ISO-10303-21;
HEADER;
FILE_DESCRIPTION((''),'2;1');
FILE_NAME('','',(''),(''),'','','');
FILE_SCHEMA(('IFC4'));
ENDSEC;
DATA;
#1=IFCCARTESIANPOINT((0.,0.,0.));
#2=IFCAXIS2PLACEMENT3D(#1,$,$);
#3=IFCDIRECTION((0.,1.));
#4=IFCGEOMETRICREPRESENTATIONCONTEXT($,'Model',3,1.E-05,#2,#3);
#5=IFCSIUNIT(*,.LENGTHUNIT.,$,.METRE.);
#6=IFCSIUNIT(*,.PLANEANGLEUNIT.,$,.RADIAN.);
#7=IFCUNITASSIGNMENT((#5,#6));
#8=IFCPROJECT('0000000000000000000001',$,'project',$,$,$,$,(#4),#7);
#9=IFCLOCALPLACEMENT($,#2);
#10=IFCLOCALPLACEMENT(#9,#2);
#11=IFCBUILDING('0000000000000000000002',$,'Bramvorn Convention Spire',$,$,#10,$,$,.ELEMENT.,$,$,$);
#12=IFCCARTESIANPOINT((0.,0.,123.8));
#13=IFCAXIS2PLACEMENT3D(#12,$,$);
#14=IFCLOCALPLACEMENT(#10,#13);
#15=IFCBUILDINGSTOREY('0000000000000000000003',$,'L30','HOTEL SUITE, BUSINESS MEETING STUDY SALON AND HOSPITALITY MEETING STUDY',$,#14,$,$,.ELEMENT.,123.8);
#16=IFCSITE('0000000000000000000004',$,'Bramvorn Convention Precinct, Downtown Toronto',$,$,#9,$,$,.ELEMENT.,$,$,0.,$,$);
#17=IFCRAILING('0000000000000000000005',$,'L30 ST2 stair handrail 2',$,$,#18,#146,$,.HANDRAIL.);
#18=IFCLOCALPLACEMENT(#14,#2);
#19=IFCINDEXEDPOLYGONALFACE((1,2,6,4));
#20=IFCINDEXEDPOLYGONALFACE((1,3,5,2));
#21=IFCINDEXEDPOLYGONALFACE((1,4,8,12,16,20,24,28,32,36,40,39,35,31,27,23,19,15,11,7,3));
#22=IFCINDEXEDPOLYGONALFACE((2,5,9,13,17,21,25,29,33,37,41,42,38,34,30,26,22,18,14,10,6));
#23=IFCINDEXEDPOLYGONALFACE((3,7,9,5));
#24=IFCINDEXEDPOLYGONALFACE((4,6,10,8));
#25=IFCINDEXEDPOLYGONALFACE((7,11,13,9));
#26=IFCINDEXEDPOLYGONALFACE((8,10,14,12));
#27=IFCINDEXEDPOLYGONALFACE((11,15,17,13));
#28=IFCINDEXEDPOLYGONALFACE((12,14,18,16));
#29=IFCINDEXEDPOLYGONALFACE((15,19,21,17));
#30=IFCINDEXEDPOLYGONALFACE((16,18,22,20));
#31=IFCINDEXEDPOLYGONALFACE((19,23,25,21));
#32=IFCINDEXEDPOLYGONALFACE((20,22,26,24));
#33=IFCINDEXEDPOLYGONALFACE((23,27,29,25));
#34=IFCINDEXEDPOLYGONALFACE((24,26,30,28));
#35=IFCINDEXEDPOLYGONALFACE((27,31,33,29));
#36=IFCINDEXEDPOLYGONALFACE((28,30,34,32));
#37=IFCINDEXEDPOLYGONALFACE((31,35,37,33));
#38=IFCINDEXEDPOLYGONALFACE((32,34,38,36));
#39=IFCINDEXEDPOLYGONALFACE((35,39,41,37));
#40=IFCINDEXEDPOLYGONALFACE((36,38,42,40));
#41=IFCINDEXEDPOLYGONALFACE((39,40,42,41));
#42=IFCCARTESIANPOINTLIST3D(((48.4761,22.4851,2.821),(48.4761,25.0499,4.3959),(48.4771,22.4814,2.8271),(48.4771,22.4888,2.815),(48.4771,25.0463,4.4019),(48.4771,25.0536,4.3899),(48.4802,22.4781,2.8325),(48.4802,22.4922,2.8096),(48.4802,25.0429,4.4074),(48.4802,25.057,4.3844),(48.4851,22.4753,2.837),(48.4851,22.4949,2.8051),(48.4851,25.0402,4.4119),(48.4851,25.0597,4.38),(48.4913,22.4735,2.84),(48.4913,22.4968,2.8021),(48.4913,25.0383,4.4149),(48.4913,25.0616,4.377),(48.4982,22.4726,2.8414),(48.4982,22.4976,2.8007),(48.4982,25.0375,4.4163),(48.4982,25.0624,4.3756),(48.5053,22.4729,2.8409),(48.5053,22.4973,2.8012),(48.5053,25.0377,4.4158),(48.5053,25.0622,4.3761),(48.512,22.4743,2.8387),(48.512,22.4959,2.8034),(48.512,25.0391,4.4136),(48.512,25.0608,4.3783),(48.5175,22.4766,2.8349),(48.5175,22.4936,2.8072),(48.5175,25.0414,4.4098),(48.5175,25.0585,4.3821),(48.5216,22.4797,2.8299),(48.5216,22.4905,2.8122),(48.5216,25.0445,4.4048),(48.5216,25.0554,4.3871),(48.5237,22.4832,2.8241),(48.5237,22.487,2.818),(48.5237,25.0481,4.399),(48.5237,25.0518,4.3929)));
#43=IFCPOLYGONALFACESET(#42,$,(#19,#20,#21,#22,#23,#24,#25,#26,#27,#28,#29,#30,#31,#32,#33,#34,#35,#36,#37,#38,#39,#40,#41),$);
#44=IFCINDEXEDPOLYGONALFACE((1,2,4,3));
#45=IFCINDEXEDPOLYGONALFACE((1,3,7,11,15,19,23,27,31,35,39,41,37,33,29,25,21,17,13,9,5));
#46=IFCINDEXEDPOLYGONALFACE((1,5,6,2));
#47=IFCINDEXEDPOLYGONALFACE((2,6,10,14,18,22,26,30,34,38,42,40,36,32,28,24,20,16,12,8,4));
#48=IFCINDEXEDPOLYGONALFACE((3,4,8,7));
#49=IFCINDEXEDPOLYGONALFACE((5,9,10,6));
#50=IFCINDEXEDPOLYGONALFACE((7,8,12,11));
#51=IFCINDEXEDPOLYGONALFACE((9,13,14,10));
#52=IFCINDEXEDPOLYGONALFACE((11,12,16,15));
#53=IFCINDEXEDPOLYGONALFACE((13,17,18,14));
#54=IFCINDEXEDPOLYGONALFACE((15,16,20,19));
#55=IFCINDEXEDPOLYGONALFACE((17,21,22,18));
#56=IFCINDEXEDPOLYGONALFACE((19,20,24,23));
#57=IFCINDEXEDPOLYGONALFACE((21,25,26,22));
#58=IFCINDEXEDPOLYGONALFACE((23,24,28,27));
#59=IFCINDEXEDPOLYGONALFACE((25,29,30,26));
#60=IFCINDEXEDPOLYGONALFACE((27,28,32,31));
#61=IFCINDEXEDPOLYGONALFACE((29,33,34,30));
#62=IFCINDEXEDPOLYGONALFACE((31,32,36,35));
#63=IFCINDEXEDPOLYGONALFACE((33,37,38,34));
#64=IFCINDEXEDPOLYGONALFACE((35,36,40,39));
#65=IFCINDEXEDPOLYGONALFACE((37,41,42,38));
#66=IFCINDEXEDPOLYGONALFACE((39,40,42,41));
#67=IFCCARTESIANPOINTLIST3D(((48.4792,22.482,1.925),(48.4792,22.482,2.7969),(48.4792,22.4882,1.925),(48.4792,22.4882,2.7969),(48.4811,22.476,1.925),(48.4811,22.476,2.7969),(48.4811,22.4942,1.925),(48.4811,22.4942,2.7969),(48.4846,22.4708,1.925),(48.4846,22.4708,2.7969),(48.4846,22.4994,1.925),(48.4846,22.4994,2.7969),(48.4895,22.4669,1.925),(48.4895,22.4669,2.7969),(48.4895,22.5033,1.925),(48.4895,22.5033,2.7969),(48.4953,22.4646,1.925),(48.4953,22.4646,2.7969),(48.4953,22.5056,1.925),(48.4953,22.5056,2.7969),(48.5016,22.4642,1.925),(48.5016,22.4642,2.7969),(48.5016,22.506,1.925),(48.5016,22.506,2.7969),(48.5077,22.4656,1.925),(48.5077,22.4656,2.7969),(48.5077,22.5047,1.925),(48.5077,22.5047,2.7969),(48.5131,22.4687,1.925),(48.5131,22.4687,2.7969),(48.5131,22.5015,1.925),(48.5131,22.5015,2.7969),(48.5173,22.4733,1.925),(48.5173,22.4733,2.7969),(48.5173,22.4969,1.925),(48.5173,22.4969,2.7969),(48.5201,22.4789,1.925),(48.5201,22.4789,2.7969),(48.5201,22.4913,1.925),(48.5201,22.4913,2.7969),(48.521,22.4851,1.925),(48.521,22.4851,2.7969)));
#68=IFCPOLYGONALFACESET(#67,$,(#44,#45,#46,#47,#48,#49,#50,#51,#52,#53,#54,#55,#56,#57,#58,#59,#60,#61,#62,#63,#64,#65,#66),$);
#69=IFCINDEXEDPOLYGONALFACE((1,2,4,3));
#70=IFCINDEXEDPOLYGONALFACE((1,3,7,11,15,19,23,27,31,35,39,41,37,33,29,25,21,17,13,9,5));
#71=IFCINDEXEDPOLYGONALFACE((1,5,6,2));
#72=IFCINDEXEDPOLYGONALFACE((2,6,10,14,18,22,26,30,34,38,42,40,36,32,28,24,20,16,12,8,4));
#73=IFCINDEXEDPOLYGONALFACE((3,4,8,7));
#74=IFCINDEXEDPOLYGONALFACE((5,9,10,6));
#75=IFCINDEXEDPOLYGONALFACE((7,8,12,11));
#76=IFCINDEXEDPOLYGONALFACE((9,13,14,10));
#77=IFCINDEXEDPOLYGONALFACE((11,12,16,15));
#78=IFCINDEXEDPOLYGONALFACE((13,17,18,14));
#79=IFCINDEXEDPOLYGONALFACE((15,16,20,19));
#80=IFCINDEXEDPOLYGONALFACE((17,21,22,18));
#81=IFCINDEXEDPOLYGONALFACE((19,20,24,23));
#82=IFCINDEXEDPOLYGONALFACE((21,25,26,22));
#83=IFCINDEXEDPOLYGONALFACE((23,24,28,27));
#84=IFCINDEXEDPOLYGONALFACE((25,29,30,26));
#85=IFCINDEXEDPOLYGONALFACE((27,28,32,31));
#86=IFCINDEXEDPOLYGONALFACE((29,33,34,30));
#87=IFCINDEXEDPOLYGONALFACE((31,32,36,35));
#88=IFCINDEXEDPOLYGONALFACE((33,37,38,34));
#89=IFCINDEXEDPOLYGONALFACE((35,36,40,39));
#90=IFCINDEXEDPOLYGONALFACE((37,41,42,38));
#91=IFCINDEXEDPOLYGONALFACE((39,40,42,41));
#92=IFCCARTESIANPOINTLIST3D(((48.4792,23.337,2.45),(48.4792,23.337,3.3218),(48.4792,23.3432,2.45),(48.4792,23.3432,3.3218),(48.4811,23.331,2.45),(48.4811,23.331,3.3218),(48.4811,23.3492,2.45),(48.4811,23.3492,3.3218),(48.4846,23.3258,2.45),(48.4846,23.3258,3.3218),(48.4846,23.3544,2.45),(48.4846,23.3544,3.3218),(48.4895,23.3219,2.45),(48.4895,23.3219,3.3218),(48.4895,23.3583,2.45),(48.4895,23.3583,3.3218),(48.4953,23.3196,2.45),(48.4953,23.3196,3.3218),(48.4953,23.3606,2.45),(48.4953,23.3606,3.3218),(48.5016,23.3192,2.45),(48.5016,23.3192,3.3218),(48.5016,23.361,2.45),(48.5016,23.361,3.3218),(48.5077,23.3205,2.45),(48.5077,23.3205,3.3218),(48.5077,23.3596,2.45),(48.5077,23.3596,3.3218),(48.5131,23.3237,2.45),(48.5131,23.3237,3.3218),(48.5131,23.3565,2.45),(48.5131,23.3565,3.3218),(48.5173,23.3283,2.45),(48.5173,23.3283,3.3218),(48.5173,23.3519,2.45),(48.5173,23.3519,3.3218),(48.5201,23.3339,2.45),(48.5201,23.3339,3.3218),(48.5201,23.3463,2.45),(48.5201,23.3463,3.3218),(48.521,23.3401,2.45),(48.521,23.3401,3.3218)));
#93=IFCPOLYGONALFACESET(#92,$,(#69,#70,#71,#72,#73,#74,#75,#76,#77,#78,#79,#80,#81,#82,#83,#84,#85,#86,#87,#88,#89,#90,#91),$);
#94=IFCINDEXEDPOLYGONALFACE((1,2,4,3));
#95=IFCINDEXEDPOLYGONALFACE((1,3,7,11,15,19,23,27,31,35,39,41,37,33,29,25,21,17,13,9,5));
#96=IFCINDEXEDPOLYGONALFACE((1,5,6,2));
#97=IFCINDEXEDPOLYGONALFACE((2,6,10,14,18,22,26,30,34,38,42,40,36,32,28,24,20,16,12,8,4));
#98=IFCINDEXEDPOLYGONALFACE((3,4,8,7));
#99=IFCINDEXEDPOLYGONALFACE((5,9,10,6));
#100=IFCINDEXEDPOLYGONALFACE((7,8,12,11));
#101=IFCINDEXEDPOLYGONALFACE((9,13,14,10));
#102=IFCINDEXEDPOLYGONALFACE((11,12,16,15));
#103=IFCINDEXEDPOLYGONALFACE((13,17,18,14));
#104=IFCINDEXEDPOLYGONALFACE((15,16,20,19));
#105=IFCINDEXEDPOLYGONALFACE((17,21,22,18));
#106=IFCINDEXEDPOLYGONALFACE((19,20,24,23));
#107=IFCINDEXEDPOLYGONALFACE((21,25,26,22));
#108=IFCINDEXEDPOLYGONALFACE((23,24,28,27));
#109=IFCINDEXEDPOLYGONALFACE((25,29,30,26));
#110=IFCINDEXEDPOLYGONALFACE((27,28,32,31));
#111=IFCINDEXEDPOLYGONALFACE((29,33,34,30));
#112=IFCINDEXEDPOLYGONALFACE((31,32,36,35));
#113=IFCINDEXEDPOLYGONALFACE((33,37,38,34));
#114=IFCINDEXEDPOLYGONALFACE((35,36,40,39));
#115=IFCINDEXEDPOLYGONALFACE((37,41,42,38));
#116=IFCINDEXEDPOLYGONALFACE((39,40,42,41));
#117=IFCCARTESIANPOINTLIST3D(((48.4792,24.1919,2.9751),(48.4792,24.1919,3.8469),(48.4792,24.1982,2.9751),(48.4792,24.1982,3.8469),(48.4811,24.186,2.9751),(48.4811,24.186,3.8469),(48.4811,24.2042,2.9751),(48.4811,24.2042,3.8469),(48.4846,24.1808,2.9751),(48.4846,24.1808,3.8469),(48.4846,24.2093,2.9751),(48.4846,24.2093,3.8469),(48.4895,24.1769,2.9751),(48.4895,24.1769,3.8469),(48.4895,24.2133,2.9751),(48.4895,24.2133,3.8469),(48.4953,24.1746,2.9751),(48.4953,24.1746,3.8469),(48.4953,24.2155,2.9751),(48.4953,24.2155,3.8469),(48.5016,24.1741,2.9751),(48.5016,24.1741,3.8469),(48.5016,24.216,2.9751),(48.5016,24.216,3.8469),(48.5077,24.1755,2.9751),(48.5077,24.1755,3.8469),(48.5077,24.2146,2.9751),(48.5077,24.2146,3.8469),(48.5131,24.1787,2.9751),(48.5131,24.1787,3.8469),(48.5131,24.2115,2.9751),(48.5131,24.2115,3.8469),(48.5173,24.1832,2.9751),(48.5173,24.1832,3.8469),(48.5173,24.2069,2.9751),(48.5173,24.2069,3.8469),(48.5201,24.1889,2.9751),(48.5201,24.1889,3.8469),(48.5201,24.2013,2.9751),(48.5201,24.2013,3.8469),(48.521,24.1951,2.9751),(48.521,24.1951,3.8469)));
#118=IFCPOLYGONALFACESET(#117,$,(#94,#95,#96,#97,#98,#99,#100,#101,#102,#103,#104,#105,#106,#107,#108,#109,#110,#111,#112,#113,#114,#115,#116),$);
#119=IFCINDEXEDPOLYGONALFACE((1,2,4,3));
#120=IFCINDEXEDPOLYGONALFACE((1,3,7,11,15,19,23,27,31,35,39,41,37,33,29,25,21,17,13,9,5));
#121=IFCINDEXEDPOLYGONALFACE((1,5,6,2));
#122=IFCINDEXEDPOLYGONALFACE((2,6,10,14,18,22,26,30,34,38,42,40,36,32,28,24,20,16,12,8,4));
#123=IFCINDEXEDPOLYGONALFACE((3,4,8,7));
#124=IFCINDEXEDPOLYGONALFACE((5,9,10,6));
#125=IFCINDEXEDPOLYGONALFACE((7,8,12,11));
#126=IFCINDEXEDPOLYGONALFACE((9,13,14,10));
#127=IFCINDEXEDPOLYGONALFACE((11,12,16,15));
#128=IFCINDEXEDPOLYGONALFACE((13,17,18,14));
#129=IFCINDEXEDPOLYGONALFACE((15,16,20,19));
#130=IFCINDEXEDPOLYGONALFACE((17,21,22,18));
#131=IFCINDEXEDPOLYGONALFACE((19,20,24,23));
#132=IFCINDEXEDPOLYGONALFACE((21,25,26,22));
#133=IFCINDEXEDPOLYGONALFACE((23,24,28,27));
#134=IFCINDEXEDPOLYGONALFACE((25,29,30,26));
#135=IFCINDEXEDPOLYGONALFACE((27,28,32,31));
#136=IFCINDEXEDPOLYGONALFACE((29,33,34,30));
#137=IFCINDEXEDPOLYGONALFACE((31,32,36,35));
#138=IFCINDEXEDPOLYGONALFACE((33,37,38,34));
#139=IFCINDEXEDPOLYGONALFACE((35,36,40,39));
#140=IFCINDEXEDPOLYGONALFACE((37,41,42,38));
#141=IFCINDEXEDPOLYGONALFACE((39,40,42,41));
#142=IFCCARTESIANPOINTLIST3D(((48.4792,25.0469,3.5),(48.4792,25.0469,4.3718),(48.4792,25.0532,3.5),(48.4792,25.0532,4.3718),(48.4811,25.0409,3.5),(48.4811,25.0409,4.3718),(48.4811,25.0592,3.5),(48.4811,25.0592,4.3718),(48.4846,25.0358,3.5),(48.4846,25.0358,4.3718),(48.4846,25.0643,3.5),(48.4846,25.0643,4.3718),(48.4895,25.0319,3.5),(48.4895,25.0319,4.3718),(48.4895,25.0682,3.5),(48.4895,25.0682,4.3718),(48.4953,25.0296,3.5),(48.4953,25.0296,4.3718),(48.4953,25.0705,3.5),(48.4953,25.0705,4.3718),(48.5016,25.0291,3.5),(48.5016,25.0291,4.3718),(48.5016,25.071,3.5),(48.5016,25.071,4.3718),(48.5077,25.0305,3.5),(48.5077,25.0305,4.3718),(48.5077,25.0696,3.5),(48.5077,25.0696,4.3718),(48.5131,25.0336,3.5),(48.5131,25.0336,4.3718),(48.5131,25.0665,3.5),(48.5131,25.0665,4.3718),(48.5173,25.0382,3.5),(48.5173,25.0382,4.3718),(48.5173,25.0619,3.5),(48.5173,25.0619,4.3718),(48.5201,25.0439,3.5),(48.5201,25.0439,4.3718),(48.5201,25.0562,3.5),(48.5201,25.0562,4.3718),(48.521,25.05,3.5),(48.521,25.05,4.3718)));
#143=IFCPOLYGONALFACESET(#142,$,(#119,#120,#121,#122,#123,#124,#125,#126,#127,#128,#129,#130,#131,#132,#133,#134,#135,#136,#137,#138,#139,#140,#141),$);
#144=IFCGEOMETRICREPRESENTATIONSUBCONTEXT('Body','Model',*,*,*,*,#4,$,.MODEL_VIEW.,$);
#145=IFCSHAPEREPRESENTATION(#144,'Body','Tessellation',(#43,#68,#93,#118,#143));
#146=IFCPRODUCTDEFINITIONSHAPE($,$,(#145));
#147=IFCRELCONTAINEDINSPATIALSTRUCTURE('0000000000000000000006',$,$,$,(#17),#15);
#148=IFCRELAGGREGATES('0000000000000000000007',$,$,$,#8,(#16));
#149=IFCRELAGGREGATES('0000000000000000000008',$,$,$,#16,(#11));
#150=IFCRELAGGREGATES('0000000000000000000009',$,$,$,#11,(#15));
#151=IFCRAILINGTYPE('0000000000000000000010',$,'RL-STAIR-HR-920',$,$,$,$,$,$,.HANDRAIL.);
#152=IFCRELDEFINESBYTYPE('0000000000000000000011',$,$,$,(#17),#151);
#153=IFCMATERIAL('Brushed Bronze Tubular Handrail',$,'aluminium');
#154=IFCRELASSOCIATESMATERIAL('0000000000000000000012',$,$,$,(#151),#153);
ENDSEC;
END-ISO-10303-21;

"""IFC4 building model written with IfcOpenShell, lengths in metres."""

from ifc_helpers import new_model, si_unit, direction, frame, origin, origin_2d, place, context, subcontext, project, spatial, circle, extrude, material, type_object, element, save


model = new_model("IFC4")

# Units and contexts
model_context = context("Model", 3, precision=1e-05, world=origin(), true_north=direction((0.0, 1.0)))
body_context = subcontext(model_context, "Body", "Model", "MODEL_VIEW")
ifc_project = project(units=[si_unit("LENGTHUNIT", "METRE"), si_unit("PLANEANGLEUNIT", "RADIAN")], contexts=[model_context])

# Site, building, storey
site_placement = place(None, origin())
site = spatial("IfcSite", under=ifc_project, at=site_placement, Name="Bramvorn Convention Precinct, Downtown Toronto", CompositionType="ELEMENT", RefElevation=0.0)
building_placement = place(site_placement, origin())
building = spatial("IfcBuilding", under=site, at=building_placement, Name="Bramvorn Convention Spire", CompositionType="ELEMENT")
storey_placement = place(building_placement, frame((0.0, 0.0, 123.8)))
storey = spatial("IfcBuildingStorey", under=building, at=storey_placement, Name="L30", Description="HOTEL SUITE, BUSINESS MEETING STUDY SALON AND HOSPITALITY MEETING STUDY", CompositionType="ELEMENT", Elevation=123.8)

# Railing
ifc_material_1 = material(Name="Brushed Bronze Tubular Handrail", Category="aluminium")
railing_type_1 = type_object("IfcRailingType", Name="RL-STAIR-HR-920", PredefinedType="HANDRAIL", material=ifc_material_1)
railing_1_placement = place(storey_placement, frame((48.5, 22.4851, 1.925)))
element("IfcRailing", 1, at=railing_1_placement, inside=storey, type_object=railing_type_1, Name="L30 ST2 stair handrail 2", PredefinedType="HANDRAIL", context=body_context, shape_type="SweptSolid", body=[
    extrude(circle(Radius=0.0239, at=origin_2d()), frame((0.0, 0.0, 0.896), z_axis=(0.0, 0.852173, 0.52326), x_axis=(-1.0, 0.0, 0.0)), (0.0, 0.0, 1.0), 3.0098),
    extrude(circle(Radius=0.021, at=origin_2d()), origin(), (0.0, 0.0, 1.0), 0.8718),
    extrude(circle(Radius=0.021, at=origin_2d()), frame((0.0, 0.855, 0.5249)), (0.0, 0.0, 1.0), 0.8718),
    extrude(circle(Radius=0.021, at=origin_2d()), frame((0.0, 1.71, 1.05)), (0.0, 0.0, 1.0), 0.8718),
    extrude(circle(Radius=0.021, at=origin_2d()), frame((0.0, 2.5649, 1.575)), (0.0, 0.0, 1.0), 0.8718),
])

save(model, "model.ifc")
